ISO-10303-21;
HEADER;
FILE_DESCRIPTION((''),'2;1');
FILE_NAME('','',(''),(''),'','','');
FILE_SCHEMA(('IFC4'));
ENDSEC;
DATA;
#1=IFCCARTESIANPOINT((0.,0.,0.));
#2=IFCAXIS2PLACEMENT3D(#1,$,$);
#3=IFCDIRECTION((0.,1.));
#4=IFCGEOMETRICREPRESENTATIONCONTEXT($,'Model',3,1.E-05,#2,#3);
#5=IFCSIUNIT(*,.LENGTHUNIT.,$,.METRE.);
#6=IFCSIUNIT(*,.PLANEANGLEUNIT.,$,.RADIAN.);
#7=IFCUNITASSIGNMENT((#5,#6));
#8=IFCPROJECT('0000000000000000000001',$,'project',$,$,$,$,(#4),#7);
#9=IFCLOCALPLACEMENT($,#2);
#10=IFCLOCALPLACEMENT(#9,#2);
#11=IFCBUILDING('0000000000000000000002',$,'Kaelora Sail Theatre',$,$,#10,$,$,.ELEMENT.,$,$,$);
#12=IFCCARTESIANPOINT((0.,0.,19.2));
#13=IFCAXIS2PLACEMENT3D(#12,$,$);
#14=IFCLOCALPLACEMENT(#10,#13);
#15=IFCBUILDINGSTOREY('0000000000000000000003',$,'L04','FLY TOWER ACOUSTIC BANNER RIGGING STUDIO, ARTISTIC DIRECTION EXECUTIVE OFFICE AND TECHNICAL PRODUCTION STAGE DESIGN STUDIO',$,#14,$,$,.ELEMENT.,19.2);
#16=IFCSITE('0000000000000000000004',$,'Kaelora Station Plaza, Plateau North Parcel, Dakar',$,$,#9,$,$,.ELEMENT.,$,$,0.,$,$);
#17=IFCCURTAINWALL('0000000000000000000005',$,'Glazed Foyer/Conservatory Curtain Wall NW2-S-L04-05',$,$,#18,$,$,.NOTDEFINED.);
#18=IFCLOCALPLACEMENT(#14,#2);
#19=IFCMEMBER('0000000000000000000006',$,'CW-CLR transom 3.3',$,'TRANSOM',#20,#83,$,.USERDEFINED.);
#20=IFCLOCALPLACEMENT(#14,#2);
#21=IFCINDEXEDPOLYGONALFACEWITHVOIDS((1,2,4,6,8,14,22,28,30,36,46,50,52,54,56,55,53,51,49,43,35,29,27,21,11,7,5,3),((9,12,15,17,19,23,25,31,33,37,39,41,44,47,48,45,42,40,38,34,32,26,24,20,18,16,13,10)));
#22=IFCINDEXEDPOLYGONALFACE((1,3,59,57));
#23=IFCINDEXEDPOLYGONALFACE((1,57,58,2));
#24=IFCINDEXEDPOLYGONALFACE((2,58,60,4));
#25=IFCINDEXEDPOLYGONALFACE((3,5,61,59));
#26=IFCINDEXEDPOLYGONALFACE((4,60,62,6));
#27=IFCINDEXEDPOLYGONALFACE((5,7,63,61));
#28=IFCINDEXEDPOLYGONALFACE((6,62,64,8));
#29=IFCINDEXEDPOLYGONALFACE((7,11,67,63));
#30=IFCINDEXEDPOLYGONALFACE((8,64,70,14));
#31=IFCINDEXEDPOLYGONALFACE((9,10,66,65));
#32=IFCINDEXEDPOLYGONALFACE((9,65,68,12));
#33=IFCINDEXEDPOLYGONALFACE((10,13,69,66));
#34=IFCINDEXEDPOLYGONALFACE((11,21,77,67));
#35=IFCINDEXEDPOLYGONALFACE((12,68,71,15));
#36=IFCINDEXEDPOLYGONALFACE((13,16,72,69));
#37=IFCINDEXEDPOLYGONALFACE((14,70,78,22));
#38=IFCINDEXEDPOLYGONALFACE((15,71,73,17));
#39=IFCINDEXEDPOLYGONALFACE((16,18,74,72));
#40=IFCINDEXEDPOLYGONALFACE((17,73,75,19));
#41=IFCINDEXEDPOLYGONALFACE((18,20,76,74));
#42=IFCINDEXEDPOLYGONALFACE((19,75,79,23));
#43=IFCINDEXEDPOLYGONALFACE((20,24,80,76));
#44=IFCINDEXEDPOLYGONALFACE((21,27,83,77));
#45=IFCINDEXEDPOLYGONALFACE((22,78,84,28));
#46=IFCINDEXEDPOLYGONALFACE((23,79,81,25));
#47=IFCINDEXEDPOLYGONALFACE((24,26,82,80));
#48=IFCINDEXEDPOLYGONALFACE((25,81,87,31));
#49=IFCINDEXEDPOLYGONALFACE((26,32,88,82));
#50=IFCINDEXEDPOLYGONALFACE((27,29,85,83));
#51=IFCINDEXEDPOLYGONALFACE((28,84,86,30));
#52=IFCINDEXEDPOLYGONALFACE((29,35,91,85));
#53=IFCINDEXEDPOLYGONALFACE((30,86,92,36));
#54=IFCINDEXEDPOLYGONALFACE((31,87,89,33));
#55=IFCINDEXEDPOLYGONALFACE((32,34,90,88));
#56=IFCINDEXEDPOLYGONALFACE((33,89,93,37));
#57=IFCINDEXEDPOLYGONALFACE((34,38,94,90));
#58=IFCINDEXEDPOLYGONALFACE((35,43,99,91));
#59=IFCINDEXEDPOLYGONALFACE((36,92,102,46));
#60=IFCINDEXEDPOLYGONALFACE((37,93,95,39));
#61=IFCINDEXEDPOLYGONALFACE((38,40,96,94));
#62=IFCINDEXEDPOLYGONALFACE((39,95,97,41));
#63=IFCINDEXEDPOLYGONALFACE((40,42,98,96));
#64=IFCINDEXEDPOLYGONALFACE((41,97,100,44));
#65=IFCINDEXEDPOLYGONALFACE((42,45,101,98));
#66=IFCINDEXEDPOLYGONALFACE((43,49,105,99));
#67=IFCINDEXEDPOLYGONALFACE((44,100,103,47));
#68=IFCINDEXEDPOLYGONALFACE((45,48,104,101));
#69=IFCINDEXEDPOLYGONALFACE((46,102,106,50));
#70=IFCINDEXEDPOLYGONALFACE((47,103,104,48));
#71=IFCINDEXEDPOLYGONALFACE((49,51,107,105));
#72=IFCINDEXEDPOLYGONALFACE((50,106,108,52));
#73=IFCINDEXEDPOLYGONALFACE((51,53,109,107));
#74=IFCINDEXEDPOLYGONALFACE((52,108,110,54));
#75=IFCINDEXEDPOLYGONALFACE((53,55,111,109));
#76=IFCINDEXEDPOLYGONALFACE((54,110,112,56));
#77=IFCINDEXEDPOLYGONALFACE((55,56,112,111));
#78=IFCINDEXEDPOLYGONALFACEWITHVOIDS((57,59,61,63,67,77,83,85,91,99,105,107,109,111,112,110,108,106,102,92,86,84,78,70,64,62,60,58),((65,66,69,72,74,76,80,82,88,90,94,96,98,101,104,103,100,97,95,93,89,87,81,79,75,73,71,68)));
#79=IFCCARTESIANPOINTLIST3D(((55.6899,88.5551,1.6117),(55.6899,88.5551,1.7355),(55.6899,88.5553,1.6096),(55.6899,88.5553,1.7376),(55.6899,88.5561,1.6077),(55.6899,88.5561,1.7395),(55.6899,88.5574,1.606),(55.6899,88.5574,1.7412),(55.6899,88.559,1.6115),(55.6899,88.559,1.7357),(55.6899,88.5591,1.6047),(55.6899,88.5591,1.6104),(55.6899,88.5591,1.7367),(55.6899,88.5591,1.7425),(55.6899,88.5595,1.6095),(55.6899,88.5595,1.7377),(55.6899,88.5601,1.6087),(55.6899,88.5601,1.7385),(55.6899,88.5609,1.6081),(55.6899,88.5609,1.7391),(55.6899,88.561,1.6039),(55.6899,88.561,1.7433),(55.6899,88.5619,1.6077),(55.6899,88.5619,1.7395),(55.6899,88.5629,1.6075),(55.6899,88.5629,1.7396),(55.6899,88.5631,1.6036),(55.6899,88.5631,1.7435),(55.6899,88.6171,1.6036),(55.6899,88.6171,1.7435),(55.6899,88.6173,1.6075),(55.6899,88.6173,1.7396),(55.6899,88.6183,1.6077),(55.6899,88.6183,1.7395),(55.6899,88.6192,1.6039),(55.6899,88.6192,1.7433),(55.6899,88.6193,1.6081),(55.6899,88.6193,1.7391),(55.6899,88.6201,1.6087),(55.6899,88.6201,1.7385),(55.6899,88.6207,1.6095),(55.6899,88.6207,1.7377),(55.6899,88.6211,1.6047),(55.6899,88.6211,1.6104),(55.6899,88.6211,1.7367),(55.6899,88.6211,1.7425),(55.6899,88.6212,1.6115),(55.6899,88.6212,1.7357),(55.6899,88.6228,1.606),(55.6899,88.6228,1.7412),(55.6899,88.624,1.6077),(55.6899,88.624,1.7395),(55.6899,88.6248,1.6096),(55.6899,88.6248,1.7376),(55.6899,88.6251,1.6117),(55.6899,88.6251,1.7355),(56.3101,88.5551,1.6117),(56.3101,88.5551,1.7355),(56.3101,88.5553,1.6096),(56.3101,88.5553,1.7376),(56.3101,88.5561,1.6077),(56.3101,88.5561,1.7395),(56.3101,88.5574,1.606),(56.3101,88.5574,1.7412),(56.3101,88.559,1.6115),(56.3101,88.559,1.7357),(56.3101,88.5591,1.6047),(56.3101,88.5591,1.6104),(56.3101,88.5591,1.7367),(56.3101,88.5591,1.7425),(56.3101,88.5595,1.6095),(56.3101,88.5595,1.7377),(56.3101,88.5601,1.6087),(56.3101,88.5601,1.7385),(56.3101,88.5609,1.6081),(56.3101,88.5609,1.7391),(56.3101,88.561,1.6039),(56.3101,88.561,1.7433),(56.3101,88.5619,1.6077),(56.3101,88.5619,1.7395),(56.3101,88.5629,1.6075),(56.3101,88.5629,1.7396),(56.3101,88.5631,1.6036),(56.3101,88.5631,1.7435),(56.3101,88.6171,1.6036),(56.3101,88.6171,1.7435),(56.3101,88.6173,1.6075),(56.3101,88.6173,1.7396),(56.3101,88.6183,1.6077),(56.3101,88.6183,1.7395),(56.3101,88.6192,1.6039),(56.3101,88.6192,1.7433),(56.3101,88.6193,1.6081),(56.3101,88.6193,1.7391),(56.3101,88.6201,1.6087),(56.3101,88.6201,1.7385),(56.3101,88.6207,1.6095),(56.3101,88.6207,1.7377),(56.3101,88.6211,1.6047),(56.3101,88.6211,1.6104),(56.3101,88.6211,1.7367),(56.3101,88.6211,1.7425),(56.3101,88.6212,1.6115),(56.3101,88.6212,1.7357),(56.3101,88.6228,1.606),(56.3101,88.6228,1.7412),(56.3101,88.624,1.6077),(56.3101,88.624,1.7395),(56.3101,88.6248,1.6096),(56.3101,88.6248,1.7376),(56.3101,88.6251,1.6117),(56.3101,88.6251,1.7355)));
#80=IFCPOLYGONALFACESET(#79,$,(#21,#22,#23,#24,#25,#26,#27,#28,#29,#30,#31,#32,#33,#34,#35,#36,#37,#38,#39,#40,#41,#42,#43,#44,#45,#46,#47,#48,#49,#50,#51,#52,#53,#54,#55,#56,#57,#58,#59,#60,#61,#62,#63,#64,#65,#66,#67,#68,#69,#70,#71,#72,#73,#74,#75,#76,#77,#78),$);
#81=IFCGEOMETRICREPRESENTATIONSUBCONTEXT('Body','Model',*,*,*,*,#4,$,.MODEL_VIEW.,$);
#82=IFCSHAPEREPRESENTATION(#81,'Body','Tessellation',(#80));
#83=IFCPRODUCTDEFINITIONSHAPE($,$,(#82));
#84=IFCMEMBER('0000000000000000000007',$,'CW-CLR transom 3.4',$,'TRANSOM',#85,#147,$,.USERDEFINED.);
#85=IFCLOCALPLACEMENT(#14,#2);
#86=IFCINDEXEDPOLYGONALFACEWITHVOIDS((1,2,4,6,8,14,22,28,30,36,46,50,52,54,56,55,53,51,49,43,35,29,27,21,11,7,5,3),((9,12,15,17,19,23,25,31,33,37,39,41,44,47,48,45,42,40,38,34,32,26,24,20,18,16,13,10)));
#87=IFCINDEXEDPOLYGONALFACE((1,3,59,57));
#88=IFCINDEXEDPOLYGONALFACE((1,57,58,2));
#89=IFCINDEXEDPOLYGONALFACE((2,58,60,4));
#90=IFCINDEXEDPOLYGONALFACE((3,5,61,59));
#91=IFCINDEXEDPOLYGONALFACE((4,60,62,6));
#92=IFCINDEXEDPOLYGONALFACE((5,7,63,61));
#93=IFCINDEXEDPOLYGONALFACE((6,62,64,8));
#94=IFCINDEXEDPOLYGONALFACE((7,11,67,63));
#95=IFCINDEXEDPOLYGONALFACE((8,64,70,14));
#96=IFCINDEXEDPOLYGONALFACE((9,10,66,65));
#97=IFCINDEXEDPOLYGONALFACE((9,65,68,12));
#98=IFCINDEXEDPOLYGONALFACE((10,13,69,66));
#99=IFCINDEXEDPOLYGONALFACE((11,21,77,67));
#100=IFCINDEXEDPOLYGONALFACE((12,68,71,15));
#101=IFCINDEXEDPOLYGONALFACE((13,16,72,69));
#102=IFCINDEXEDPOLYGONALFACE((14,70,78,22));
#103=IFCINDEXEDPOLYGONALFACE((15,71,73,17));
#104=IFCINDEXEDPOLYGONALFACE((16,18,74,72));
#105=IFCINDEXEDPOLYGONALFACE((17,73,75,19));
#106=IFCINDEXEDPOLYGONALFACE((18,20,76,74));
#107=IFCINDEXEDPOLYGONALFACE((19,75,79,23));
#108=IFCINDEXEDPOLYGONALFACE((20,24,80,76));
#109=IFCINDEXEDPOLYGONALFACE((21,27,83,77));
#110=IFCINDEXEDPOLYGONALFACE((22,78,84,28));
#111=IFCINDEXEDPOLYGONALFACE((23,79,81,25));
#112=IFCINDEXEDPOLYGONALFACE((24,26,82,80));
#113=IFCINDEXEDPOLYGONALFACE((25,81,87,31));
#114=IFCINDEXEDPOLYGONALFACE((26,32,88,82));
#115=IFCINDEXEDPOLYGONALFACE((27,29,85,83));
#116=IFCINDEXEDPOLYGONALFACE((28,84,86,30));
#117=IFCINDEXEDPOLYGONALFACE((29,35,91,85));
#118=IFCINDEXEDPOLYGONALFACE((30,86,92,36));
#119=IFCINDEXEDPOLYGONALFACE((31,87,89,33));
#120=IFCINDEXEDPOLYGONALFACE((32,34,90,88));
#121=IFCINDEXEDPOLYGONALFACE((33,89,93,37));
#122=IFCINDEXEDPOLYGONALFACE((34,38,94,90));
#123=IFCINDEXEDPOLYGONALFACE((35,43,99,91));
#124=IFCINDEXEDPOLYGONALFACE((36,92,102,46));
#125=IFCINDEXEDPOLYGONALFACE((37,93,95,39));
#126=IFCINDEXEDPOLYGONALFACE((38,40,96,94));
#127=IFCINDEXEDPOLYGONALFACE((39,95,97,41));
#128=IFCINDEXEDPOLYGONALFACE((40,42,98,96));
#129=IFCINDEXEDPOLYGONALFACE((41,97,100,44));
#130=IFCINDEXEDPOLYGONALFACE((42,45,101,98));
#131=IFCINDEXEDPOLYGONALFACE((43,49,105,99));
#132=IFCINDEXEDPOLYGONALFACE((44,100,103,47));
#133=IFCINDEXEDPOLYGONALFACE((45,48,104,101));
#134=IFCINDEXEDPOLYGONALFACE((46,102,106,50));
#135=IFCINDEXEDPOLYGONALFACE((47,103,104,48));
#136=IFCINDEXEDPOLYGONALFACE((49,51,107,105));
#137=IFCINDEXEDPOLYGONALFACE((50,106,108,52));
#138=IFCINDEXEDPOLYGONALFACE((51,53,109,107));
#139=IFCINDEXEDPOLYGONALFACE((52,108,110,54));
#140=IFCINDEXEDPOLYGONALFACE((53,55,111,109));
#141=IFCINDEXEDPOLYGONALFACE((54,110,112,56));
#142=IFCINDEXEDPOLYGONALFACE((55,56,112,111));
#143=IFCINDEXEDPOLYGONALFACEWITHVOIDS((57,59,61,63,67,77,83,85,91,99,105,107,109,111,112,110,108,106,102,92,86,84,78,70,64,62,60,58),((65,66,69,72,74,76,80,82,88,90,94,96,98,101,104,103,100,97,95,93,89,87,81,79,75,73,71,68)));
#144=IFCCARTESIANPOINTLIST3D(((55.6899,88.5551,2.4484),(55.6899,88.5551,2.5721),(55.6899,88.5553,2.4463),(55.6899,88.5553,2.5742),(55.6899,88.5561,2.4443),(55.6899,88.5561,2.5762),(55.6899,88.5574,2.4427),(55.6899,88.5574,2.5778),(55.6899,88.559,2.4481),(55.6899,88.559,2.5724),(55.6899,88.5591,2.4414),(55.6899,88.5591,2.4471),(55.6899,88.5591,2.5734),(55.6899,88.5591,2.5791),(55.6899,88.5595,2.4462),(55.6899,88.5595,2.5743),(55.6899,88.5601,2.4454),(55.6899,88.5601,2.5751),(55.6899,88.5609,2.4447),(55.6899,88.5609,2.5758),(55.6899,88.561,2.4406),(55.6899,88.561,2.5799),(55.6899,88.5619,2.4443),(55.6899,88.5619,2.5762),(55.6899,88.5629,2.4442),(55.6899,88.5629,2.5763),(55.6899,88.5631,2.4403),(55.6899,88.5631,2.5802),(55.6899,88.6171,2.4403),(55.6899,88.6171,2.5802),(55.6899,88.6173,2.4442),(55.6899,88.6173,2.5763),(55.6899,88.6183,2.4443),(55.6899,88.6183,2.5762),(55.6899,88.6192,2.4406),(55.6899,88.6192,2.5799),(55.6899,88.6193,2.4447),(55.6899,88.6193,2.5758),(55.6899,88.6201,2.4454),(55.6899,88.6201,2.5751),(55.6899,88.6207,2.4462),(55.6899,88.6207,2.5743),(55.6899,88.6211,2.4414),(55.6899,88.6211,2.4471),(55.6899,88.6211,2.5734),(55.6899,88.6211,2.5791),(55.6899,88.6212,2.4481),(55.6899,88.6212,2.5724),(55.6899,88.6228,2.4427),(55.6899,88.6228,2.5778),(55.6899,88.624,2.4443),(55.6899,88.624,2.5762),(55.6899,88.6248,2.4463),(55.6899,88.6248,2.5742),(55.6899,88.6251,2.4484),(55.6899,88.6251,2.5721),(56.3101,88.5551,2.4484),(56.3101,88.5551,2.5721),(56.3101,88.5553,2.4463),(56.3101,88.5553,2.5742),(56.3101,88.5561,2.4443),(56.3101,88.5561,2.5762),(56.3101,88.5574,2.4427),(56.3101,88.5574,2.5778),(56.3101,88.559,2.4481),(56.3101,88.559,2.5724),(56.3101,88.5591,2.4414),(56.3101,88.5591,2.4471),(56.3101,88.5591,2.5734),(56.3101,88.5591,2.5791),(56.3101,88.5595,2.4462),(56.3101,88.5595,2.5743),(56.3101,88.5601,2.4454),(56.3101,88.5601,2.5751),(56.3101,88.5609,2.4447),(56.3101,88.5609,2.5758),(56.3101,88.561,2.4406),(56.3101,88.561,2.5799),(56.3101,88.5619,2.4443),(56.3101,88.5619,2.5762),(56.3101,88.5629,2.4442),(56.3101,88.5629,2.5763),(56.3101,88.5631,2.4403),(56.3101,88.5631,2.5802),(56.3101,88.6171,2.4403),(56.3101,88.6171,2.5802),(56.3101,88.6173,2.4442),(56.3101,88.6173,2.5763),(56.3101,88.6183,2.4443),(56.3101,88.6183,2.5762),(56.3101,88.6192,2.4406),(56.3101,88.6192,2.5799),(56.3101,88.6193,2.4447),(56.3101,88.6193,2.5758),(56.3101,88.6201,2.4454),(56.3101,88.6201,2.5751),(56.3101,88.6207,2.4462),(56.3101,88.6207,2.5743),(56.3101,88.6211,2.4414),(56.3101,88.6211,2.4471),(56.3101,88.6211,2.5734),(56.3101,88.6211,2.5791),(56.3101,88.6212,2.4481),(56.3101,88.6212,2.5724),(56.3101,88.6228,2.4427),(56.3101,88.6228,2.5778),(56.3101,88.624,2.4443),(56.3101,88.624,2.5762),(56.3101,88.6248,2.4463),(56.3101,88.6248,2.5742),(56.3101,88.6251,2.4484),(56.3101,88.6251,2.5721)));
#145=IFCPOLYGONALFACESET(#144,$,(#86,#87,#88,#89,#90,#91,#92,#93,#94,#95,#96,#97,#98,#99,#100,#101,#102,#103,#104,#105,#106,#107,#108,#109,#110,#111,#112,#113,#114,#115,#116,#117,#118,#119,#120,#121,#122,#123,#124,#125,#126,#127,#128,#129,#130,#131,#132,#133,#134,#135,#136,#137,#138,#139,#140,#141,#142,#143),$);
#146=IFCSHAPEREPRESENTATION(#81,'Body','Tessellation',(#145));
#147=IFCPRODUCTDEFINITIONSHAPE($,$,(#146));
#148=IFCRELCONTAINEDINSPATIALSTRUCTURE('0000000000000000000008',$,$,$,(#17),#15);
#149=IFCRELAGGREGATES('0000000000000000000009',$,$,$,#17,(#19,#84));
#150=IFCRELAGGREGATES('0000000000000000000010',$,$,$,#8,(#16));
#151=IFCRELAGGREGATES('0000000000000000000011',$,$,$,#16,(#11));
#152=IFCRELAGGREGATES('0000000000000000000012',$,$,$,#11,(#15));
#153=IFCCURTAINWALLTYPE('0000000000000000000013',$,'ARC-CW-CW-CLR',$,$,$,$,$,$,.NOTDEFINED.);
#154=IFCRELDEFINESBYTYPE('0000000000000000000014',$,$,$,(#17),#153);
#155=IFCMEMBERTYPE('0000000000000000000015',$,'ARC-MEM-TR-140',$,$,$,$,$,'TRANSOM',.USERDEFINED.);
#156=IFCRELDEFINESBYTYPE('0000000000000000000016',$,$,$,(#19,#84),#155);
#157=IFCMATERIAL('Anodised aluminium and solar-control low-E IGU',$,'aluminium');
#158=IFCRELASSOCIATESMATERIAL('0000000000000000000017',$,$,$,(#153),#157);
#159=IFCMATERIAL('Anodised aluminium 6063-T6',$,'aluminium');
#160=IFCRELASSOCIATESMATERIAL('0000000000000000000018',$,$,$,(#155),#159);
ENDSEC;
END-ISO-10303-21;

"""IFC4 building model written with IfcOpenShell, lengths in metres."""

from ifc_helpers import new_model, si_unit, direction, frame, origin, origin_2d, place, context, subcontext, project, spatial, hollow_rectangle, extrude, material, material_profile, profile_set, type_object, element, aggregate, save


model = new_model("IFC4")

# Units and contexts
model_context = context("Model", 3, precision=1e-05, world=origin(), true_north=direction((0.0, 1.0)))
body_context = subcontext(model_context, "Body", "Model", "MODEL_VIEW")
ifc_project = project(units=[si_unit("LENGTHUNIT", "METRE"), si_unit("PLANEANGLEUNIT", "RADIAN")], contexts=[model_context])

# Site, building, storey
site_placement = place(None, origin())
site = spatial("IfcSite", under=ifc_project, at=site_placement, Name="Kaelora Station Plaza, Plateau North Parcel, Dakar", CompositionType="ELEMENT", RefElevation=0.0)
building_placement = place(site_placement, origin())
building = spatial("IfcBuilding", under=site, at=building_placement, Name="Kaelora Sail Theatre", CompositionType="ELEMENT")
storey_placement = place(building_placement, frame((0.0, 0.0, 19.2)))
storey = spatial("IfcBuildingStorey", under=building, at=storey_placement, Name="L04", Description="FLY TOWER ACOUSTIC BANNER RIGGING STUDIO, ARTISTIC DIRECTION EXECUTIVE OFFICE AND TECHNICAL PRODUCTION STAGE DESIGN STUDIO", CompositionType="ELEMENT", Elevation=19.2)

# Curtain wall, members
ifc_material_1 = material(Name="Anodised aluminium and solar-control low-E IGU", Category="aluminium")
curtain_wall_type = type_object("IfcCurtainWallType", Name="ARC-CW-CW-CLR", PredefinedType="NOTDEFINED", material=ifc_material_1)
curtain_wall_placement = place(storey_placement, origin())
curtain_wall = element("IfcCurtainWall", 1, at=curtain_wall_placement, inside=storey, type_object=curtain_wall_type, Name="Glazed Foyer/Conservatory Curtain Wall NW2-S-L04-05", PredefinedType="NOTDEFINED")
ifc_material_2 = material(Name="Anodised aluminium 6063-T6", Category="aluminium")
ifc_material_profile_1 = material_profile(ifc_material_2, hollow_rectangle(XDim=0.0701, YDim=0.1399, WallThickness=0.0039, InnerFilletRadius=0.0039, OuterFilletRadius=0.0081, at=origin_2d()), Name="ALU-TRAN 70x140x4")
ifc_profile_set_1 = profile_set([ifc_material_profile_1], Name="Anodised aluminium 6063-T6")
member_type_1 = type_object("IfcMemberType", Name="ARC-MEM-TR-140", ElementType="TRANSOM", PredefinedType="USERDEFINED", material=ifc_profile_set_1)
member_1_placement = place(storey_placement, frame((55.6899, 88.5901, 1.6736), z_axis=(1.0, 0.0, 0.0), x_axis=(0.0, 1.0, 0.0)))
member_1 = element("IfcMember", 2, at=member_1_placement, type_object=member_type_1, Name="CW-CLR transom 3.3", ObjectType="TRANSOM", PredefinedType="USERDEFINED", context=body_context, shape_type="SweptSolid", body=[
    extrude(hollow_rectangle(XDim=0.0701, YDim=0.1399, WallThickness=0.0039, InnerFilletRadius=0.0039, OuterFilletRadius=0.0081, at=origin_2d()), origin(), (0.0, 0.0, 1.0), 0.6201),
])
member_2_placement = place(storey_placement, frame((55.6899, 88.5901, 2.5103), z_axis=(1.0, 0.0, 0.0), x_axis=(0.0, 1.0, 0.0)))
member_2 = element("IfcMember", 3, at=member_2_placement, type_object=member_type_1, Name="CW-CLR transom 3.4", ObjectType="TRANSOM", PredefinedType="USERDEFINED", context=body_context, shape_type="SweptSolid", body=[
    extrude(hollow_rectangle(XDim=0.0701, YDim=0.1399, WallThickness=0.0039, InnerFilletRadius=0.0039, OuterFilletRadius=0.0081, at=origin_2d()), origin(), (0.0, 0.0, 1.0), 0.6201),
])
aggregate(curtain_wall, [member_1, member_2])

save(model, "model.ifc")
